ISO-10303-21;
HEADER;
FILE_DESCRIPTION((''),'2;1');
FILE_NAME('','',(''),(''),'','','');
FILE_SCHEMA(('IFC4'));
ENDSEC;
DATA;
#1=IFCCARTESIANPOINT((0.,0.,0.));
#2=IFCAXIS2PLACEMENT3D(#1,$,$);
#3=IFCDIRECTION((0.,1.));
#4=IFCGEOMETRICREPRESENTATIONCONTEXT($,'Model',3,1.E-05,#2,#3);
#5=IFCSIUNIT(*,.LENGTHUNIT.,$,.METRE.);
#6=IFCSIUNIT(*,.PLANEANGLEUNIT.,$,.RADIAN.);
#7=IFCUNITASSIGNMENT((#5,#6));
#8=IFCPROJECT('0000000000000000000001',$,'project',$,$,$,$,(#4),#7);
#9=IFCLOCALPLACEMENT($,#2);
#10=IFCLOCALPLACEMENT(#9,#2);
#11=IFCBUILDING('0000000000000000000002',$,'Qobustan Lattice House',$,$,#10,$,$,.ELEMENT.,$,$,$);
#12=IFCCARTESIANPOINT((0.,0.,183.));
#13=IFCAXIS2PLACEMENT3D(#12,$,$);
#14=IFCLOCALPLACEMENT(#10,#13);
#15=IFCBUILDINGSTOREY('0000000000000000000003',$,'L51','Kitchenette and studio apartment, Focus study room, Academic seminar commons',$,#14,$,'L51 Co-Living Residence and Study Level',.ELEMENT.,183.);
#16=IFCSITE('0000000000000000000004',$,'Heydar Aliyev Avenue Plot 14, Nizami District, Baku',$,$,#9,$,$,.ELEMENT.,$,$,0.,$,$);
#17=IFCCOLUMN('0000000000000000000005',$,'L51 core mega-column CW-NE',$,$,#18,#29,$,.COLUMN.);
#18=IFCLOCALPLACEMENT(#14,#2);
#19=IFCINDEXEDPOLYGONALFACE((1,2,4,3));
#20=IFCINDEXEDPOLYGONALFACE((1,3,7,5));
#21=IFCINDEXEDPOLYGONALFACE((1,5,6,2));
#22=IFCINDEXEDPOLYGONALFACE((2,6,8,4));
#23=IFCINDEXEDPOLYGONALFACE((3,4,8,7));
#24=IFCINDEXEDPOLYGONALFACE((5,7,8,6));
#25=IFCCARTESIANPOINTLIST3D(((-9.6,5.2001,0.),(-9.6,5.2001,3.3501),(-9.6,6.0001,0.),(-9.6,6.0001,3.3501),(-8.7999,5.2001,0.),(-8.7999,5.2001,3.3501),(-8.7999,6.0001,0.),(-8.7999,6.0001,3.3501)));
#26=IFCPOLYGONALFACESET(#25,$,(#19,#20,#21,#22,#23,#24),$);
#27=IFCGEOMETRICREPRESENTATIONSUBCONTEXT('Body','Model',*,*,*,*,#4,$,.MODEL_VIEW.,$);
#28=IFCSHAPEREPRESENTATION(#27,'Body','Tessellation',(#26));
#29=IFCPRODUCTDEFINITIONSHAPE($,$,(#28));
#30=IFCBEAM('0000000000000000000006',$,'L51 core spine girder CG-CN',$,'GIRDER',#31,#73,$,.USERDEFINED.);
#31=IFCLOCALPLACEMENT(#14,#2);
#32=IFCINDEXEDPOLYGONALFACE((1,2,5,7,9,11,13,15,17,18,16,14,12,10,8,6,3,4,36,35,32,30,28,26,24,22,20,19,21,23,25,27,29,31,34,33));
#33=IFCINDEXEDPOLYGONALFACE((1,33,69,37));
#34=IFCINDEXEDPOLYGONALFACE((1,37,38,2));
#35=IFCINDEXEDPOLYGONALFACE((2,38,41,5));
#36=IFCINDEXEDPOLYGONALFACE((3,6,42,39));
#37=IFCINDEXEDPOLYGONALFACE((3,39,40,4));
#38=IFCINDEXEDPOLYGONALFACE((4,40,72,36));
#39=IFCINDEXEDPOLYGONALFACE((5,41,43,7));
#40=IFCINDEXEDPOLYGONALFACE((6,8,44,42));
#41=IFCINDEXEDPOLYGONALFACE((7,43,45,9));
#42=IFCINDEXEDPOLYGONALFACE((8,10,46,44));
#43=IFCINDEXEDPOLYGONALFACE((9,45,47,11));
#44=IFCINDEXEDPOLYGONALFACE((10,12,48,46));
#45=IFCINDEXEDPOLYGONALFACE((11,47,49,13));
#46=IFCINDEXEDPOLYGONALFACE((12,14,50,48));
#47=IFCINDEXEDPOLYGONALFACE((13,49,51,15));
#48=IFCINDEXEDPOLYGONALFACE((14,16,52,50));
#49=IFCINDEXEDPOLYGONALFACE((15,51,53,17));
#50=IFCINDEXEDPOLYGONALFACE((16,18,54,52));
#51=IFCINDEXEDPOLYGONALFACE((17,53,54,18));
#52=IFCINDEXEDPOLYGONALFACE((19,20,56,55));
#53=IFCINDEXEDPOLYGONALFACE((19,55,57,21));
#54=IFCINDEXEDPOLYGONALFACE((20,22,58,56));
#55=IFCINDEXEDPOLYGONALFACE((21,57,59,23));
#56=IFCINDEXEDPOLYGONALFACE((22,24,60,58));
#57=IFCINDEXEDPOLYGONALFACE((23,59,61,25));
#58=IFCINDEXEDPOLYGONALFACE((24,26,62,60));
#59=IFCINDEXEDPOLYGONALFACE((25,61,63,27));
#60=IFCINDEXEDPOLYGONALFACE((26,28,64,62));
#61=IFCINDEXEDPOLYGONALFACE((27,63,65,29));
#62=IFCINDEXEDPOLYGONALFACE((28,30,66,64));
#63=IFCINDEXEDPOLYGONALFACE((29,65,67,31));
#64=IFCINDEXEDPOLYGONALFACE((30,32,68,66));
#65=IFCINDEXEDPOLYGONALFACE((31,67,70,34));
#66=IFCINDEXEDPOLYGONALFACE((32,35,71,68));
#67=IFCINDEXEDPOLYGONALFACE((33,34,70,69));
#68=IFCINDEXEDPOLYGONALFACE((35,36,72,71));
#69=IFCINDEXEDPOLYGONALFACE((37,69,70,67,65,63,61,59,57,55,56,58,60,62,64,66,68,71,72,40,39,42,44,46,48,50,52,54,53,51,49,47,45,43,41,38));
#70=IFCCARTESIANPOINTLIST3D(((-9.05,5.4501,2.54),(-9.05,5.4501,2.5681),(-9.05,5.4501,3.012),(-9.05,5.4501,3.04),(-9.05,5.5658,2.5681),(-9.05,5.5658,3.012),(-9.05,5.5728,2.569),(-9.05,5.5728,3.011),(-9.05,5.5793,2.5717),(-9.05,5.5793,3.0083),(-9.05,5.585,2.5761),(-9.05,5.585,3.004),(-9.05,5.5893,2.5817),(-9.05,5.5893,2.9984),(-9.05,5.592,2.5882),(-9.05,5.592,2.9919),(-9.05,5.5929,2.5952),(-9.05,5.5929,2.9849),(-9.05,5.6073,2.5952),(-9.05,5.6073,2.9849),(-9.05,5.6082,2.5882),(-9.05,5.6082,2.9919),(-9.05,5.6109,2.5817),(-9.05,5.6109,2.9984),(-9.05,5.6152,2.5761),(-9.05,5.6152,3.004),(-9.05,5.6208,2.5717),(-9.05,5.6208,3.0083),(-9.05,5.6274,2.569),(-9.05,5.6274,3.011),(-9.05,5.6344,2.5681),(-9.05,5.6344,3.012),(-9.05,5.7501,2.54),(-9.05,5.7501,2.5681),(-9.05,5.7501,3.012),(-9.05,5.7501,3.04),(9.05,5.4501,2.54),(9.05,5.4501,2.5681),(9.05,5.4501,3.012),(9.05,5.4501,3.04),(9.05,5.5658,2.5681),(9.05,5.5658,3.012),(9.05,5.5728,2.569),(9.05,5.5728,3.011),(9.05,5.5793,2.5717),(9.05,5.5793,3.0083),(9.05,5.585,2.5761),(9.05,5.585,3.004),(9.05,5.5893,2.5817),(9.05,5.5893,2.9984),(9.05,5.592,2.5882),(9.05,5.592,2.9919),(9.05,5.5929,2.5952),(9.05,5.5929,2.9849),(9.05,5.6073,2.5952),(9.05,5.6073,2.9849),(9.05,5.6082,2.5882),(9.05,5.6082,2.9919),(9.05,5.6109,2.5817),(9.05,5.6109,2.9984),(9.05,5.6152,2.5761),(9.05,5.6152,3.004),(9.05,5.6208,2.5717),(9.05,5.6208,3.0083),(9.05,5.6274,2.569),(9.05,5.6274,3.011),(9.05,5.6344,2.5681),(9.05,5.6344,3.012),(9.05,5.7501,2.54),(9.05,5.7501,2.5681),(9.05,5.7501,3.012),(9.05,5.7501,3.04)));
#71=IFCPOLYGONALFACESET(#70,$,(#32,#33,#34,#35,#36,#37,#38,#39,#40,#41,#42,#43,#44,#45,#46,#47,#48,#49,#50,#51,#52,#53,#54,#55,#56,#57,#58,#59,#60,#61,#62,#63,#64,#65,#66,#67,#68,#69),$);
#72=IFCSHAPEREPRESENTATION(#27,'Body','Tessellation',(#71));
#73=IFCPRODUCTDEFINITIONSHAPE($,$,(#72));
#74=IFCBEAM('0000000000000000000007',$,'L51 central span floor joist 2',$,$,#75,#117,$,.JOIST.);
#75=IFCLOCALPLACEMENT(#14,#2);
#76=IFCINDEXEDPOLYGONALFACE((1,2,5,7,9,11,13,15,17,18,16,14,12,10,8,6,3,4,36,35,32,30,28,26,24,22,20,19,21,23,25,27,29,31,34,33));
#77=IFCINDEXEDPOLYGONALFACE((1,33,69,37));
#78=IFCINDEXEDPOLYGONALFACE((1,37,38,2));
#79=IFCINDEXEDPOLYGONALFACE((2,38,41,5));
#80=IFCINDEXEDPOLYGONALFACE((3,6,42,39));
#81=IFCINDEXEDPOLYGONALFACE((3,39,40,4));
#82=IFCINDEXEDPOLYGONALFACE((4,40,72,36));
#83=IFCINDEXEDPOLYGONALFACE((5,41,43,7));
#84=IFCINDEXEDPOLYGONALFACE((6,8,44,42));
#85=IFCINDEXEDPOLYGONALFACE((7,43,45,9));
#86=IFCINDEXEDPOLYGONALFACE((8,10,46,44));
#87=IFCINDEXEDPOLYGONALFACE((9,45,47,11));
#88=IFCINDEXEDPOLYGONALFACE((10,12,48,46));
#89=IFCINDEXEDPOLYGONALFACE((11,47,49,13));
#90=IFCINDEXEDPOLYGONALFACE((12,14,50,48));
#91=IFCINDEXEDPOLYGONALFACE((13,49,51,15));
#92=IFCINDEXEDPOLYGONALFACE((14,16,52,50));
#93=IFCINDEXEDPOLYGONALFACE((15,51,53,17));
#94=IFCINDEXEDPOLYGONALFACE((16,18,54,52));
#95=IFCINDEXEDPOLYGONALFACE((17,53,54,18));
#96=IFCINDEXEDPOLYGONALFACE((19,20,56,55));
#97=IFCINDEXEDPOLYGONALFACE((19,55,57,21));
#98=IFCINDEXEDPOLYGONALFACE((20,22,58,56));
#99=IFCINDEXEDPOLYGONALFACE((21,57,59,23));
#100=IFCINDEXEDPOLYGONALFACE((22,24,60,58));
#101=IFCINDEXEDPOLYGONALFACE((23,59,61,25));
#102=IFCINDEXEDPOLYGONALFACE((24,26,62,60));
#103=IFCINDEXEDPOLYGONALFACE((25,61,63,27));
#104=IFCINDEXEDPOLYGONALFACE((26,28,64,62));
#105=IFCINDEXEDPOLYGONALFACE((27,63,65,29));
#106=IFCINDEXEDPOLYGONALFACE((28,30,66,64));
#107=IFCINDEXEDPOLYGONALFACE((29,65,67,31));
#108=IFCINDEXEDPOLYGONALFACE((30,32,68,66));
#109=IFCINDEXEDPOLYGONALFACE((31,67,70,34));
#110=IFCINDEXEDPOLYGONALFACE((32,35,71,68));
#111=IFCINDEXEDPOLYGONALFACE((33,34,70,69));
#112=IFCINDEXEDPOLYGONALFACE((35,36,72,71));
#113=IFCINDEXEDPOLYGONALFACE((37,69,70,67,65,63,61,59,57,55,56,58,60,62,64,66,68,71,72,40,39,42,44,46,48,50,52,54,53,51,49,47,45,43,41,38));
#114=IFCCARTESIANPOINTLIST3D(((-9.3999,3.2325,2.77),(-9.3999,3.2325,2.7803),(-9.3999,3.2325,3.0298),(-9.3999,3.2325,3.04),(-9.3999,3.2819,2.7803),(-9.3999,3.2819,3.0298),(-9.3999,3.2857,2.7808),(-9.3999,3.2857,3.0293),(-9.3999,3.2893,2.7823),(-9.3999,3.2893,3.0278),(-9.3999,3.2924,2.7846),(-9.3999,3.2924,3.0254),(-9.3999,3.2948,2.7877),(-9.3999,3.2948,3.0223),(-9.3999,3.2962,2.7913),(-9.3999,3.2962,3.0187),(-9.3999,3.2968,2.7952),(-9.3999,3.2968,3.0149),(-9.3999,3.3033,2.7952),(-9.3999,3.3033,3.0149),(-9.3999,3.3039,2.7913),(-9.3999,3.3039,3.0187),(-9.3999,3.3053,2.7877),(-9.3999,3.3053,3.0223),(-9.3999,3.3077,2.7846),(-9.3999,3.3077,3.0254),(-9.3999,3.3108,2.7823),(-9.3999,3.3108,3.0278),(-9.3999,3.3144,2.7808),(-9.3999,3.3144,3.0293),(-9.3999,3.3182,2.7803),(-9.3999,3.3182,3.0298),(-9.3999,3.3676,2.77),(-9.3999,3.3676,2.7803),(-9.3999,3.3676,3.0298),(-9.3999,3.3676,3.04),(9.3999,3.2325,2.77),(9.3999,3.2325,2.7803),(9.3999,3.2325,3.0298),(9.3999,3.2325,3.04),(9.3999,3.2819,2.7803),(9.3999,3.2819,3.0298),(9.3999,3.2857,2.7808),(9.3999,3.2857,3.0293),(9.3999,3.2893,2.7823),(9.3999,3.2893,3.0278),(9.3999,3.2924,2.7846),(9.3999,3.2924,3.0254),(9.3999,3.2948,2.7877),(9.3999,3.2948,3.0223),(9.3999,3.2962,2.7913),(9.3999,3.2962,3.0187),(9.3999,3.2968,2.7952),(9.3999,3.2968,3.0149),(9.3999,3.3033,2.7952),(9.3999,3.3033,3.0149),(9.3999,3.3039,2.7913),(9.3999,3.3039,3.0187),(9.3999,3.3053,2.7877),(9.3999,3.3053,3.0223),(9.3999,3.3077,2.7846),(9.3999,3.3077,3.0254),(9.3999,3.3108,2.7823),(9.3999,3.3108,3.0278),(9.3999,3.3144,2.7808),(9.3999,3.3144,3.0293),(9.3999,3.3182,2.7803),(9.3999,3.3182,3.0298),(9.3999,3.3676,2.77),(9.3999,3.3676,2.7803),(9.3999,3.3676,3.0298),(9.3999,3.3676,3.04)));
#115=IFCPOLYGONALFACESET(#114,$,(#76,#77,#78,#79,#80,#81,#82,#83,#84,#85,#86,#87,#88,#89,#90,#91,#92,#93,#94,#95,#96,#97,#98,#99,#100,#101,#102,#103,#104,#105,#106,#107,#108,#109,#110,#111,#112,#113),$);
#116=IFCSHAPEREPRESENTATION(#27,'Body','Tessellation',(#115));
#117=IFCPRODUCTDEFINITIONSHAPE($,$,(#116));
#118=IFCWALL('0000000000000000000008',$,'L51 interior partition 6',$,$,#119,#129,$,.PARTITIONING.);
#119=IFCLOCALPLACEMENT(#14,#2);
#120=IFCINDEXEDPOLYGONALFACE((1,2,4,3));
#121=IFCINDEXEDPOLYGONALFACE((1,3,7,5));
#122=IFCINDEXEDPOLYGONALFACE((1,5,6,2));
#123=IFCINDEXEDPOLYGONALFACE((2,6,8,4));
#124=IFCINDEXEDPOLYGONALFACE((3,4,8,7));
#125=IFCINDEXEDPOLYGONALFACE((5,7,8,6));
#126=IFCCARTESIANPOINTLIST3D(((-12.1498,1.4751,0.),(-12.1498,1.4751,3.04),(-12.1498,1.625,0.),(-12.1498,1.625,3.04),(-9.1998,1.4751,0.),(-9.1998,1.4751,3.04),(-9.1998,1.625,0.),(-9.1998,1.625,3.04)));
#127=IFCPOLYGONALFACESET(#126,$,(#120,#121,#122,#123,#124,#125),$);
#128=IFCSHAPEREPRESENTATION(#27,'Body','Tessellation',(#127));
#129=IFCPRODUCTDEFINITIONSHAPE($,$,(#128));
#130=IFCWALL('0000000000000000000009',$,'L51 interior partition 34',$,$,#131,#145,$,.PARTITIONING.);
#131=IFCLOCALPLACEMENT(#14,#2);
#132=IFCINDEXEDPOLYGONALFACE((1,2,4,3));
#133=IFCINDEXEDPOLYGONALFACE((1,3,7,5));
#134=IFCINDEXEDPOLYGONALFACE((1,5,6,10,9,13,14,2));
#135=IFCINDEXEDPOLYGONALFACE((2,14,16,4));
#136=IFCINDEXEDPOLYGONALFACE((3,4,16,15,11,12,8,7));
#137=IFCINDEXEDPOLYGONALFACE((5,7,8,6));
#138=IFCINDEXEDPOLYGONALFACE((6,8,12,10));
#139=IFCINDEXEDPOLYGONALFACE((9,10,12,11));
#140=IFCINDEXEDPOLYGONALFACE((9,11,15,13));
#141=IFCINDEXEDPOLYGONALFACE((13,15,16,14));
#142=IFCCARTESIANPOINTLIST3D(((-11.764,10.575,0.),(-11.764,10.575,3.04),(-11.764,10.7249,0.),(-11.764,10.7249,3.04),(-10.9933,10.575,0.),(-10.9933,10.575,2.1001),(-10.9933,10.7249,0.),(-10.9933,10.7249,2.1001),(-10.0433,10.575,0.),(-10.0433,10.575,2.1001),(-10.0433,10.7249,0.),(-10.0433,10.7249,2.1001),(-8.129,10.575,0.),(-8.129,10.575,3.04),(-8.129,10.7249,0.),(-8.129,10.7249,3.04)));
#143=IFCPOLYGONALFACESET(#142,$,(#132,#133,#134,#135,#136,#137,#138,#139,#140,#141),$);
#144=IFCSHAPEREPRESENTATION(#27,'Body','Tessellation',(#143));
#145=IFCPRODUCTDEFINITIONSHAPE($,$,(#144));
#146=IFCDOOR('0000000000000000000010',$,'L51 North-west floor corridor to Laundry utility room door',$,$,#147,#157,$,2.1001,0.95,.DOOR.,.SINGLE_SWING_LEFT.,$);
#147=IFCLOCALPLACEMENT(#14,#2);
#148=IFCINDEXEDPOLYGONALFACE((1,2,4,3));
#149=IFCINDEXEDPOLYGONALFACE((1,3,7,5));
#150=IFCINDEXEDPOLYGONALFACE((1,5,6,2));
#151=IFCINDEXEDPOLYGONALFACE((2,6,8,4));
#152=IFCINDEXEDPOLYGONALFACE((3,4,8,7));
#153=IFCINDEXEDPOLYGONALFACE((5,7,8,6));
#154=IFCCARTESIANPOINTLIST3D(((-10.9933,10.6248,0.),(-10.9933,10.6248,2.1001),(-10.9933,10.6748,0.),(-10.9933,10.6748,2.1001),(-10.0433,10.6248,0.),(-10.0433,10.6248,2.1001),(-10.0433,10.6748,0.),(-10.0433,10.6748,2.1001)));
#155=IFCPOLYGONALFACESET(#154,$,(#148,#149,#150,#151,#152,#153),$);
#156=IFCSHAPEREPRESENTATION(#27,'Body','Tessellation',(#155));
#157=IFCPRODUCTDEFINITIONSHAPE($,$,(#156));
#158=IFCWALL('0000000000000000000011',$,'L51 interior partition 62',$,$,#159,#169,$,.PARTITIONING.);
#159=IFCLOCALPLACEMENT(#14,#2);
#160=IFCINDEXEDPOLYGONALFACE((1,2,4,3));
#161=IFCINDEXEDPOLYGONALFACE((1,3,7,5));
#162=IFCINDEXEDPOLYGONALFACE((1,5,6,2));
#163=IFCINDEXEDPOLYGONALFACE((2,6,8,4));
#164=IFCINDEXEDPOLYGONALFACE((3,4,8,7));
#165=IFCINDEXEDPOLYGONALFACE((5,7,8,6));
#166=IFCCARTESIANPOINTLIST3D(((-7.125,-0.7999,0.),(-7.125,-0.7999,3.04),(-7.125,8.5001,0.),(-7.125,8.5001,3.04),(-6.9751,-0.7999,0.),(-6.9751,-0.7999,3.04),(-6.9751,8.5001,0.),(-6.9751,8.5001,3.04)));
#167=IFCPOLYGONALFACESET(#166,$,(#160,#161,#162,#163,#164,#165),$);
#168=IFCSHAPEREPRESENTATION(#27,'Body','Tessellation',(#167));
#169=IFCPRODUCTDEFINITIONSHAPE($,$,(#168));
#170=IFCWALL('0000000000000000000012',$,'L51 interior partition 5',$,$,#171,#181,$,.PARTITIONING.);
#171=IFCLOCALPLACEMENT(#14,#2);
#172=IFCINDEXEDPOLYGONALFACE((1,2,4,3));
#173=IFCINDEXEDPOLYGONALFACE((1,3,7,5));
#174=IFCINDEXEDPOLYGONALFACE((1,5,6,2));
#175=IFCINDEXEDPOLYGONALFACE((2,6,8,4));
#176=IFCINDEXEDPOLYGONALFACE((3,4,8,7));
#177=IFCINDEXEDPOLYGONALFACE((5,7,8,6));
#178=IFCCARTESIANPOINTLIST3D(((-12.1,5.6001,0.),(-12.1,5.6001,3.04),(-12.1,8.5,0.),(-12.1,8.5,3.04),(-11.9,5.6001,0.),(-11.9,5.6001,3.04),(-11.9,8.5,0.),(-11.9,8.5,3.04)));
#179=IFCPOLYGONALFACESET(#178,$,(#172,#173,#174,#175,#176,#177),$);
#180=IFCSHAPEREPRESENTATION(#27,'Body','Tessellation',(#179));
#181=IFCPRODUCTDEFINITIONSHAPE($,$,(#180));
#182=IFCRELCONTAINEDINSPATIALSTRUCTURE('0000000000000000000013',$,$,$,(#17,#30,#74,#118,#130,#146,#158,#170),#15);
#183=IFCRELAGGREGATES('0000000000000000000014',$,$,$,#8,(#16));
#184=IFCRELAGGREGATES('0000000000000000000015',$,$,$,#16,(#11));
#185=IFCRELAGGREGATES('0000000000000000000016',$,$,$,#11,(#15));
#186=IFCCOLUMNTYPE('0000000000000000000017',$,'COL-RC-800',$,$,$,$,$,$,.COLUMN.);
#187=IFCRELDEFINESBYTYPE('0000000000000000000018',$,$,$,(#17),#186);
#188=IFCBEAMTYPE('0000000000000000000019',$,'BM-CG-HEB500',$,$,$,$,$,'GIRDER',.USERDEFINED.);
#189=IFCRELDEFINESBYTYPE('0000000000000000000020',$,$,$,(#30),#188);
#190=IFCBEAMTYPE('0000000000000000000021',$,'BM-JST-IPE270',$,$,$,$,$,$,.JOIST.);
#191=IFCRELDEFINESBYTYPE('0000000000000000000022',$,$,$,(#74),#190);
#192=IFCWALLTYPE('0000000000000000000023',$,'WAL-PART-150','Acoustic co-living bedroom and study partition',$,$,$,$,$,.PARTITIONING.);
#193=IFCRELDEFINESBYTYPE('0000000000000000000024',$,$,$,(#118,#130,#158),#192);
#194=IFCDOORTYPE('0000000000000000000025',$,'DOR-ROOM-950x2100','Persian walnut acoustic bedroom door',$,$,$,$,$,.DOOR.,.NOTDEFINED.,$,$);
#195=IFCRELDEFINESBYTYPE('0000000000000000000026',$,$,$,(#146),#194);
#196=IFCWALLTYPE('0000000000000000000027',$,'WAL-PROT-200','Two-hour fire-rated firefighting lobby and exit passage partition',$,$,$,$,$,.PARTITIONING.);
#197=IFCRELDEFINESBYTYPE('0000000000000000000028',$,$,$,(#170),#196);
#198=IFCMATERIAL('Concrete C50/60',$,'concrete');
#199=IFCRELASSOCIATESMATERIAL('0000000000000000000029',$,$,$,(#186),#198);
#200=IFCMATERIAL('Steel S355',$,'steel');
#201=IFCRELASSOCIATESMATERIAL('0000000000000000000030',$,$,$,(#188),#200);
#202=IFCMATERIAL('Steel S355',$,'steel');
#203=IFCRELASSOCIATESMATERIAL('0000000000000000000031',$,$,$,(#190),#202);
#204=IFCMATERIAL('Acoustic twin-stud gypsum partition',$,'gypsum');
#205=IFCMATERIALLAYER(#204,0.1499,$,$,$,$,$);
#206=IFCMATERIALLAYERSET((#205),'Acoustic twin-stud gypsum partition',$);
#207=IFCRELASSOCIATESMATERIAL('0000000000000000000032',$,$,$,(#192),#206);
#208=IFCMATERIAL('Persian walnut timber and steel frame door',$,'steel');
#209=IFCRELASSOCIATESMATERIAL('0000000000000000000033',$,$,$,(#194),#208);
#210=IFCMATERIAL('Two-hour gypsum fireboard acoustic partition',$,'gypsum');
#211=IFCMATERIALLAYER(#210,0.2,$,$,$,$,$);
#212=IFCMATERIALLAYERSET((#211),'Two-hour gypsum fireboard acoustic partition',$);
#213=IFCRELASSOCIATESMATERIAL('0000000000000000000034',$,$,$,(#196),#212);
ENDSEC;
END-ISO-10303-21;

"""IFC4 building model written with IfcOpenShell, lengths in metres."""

from ifc_helpers import new_model, si_unit, direction, frame, frame_2d, origin, origin_2d, place, context, subcontext, project, spatial, rectangle, i_section, extrude, material, layer, layer_set, material_profile, profile_set, type_object, element, fill, save


model = new_model("IFC4")

# Units and contexts
model_context = context("Model", 3, precision=1e-05, world=origin(), true_north=direction((0.0, 1.0)))
body_context = subcontext(model_context, "Body", "Model", "MODEL_VIEW")
ifc_project = project(units=[si_unit("LENGTHUNIT", "METRE"), si_unit("PLANEANGLEUNIT", "RADIAN")], contexts=[model_context])

# Site, building, storey
site_placement = place(None, origin())
site = spatial("IfcSite", under=ifc_project, at=site_placement, Name="Heydar Aliyev Avenue Plot 14, Nizami District, Baku", CompositionType="ELEMENT", RefElevation=0.0)
building_placement = place(site_placement, origin())
building = spatial("IfcBuilding", under=site, at=building_placement, Name="Qobustan Lattice House", CompositionType="ELEMENT")
storey_placement = place(building_placement, frame((0.0, 0.0, 183.0)))
storey = spatial("IfcBuildingStorey", under=building, at=storey_placement, Name="L51", Description="Kitchenette and studio apartment, Focus study room, Academic seminar commons", LongName="L51 Co-Living Residence and Study Level", CompositionType="ELEMENT", Elevation=183.0)

# Column
ifc_material_1 = material(Name="Concrete C50/60", Category="concrete")
ifc_material_profile_1 = material_profile(ifc_material_1, rectangle(XDim=0.8, YDim=0.8, at=origin_2d()), Name="RC800x800")
ifc_profile_set_1 = profile_set([ifc_material_profile_1], Name="Concrete C50/60")
column_type = type_object("IfcColumnType", Name="COL-RC-800", PredefinedType="COLUMN", material=ifc_profile_set_1)
column_placement = place(storey_placement, frame((-9.2, 5.6001, 0.0), z_axis=(0.0, 0.0, 1.0), x_axis=(1.0, 0.0, 0.0)))
element("IfcColumn", 1, at=column_placement, inside=storey, type_object=column_type, Name="L51 core mega-column CW-NE", PredefinedType="COLUMN", context=body_context, shape_type="SweptSolid", body=[
    extrude(rectangle(XDim=0.8, YDim=0.8, at=origin_2d()), origin(), (0.0, 0.0, 1.0), 3.3501),
])

# Beams
ifc_material_2 = material(Name="Steel S355", Category="steel")
ifc_material_profile_2 = material_profile(ifc_material_2, i_section(OverallWidth=0.3, OverallDepth=0.5, WebThickness=0.0144, FlangeThickness=0.0281, FilletRadius=0.0271, at=origin_2d()), Name="HEB500")
ifc_profile_set_2 = profile_set([ifc_material_profile_2], Name="Steel S355")
beam_type_1 = type_object("IfcBeamType", Name="BM-CG-HEB500", ElementType="GIRDER", PredefinedType="USERDEFINED", material=ifc_profile_set_2)
beam_1_placement = place(storey_placement, frame((-9.05, 5.6001, 2.79), z_axis=(1.0, 0.0, 0.0), x_axis=(0.0, 1.0, 0.0)))
element("IfcBeam", 2, at=beam_1_placement, inside=storey, type_object=beam_type_1, Name="L51 core spine girder CG-CN", ObjectType="GIRDER", PredefinedType="USERDEFINED", context=body_context, shape_type="SweptSolid", body=[
    extrude(i_section(OverallWidth=0.3, OverallDepth=0.5, WebThickness=0.0144, FlangeThickness=0.0281, FilletRadius=0.0271, at=origin_2d()), origin(), (0.0, 0.0, 1.0), 18.1001),
])
ifc_material_3 = material(Name="Steel S355", Category="steel")
ifc_material_profile_3 = material_profile(ifc_material_3, i_section(OverallWidth=0.135, OverallDepth=0.27, WebThickness=0.0066, FlangeThickness=0.0103, FilletRadius=0.0149, at=origin_2d()), Name="IPE270")
ifc_profile_set_3 = profile_set([ifc_material_profile_3], Name="Steel S355")
beam_type_2 = type_object("IfcBeamType", Name="BM-JST-IPE270", PredefinedType="JOIST", material=ifc_profile_set_3)
beam_2_placement = place(storey_placement, frame((-9.3999, 3.3, 2.905), z_axis=(1.0, 0.0, 0.0), x_axis=(0.0, 1.0, 0.0)))
element("IfcBeam", 3, at=beam_2_placement, inside=storey, type_object=beam_type_2, Name="L51 central span floor joist 2", PredefinedType="JOIST", context=body_context, shape_type="SweptSolid", body=[
    extrude(i_section(OverallWidth=0.135, OverallDepth=0.27, WebThickness=0.0066, FlangeThickness=0.0103, FilletRadius=0.0149, at=origin_2d()), origin(), (0.0, 0.0, 1.0), 18.7998),
])

# Wall
ifc_material_4 = material(Name="Acoustic twin-stud gypsum partition", Category="gypsum")
ifc_layer_1 = layer(ifc_material_4, 0.1499)
ifc_layer_set_1 = layer_set([ifc_layer_1], Name="Acoustic twin-stud gypsum partition")
wall_type_1 = type_object("IfcWallType", Name="WAL-PART-150", Description="Acoustic co-living bedroom and study partition", PredefinedType="PARTITIONING", material=ifc_layer_set_1)
wall_1_placement = place(storey_placement, frame((-12.1499, 1.55, 0.0), z_axis=(0.0, 0.0, 1.0), x_axis=(1.0, 0.0, 0.0)))
element("IfcWall", 4, at=wall_1_placement, inside=storey, type_object=wall_type_1, Name="L51 interior partition 6", PredefinedType="PARTITIONING", context=body_context, shape_type="SweptSolid", body=[
    extrude(rectangle(XDim=2.95, YDim=0.1499, at=frame_2d((1.4751, 0.0))), origin(), (0.0, 0.0, 1.0), 3.04),
])

# Wall, opening, door
wall_2_placement = place(storey_placement, frame((-11.7639, 10.6499, 0.0), z_axis=(0.0, 0.0, 1.0), x_axis=(1.0, 0.0, 0.0)))
wall_2 = element("IfcWall", 5, at=wall_2_placement, inside=storey, type_object=wall_type_1, Name="L51 interior partition 34", PredefinedType="PARTITIONING", context=body_context, shape_type="SweptSolid", body=[
    extrude(rectangle(XDim=3.635, YDim=0.1499, at=frame_2d((1.8174, 0.0))), origin(), (0.0, 0.0, 1.0), 3.04),
])
opening_1_placement = place(wall_2_placement, frame((0.7705, 0.0, 0.0)))
opening_1 = element("IfcOpeningElement", 6, at=opening_1_placement, cuts=wall_2, PredefinedType="OPENING", context=body_context, shape_type="SweptSolid", body=[
    extrude(rectangle(XDim=0.95, YDim=2.1001, at=frame_2d((0.4751, 1.05))), frame((0.0, 0.085, 0.0), z_axis=(0.0, -1.0, 0.0), x_axis=(1.0, 0.0, 0.0)), (0.0, 0.0, 1.0), 0.1699),
])
ifc_material_5 = material(Name="Persian walnut timber and steel frame door", Category="steel")
door_type_1 = type_object("IfcDoorType", Name="DOR-ROOM-950x2100", Description="Persian walnut acoustic bedroom door", OperationType="NOTDEFINED", PredefinedType="DOOR", material=ifc_material_5)
door_1_placement = place(opening_1_placement, origin())
door_1 = element("IfcDoor", 7, at=door_1_placement, inside=storey, type_object=door_type_1, Name="L51 North-west floor corridor to Laundry utility room door", OperationType="SINGLE_SWING_LEFT", OverallHeight=2.1001, OverallWidth=0.95, PredefinedType="DOOR", context=body_context, shape_type="SweptSolid", body=[
    extrude(rectangle(XDim=0.95, YDim=2.1001, at=frame_2d((0.4751, 1.05))), frame((0.0, 0.0249, 0.0), z_axis=(0.0, -1.0, 0.0), x_axis=(1.0, 0.0, 0.0)), (0.0, 0.0, 1.0), 0.05),
])
fill(opening_1, door_1)

# Wall
wall_3_placement = place(storey_placement, frame((-7.05, 8.5, 0.0), z_axis=(0.0, 0.0, 1.0), x_axis=(0.0, -1.0, 0.0)))
element("IfcWall", 8, at=wall_3_placement, inside=storey, type_object=wall_type_1, Name="L51 interior partition 62", PredefinedType="PARTITIONING", context=body_context, shape_type="SweptSolid", body=[
    extrude(rectangle(XDim=9.3, YDim=0.1499, at=frame_2d((4.6499, 0.0))), origin(), (0.0, 0.0, 1.0), 3.04),
])

# Shared definitions
ifc_material_6 = material(Name="Two-hour gypsum fireboard acoustic partition", Category="gypsum")
ifc_layer_2 = layer(ifc_material_6, 0.2)
ifc_layer_set_2 = layer_set([ifc_layer_2], Name="Two-hour gypsum fireboard acoustic partition")
wall_type_2 = type_object("IfcWallType", Name="WAL-PROT-200", Description="Two-hour fire-rated firefighting lobby and exit passage partition", PredefinedType="PARTITIONING", material=ifc_layer_set_2)

# Wall
wall_4_placement = place(storey_placement, frame((-12.0, 5.6001, 0.0), z_axis=(0.0, 0.0, 1.0), x_axis=(0.0, 1.0, 0.0)))
element("IfcWall", 9, at=wall_4_placement, inside=storey, type_object=wall_type_2, Name="L51 interior partition 5", PredefinedType="PARTITIONING", context=body_context, shape_type="SweptSolid", body=[
    extrude(rectangle(XDim=2.8999, YDim=0.2, at=frame_2d((1.45, 0.0))), origin(), (0.0, 0.0, 1.0), 3.04),
])

save(model, "model.ifc")
